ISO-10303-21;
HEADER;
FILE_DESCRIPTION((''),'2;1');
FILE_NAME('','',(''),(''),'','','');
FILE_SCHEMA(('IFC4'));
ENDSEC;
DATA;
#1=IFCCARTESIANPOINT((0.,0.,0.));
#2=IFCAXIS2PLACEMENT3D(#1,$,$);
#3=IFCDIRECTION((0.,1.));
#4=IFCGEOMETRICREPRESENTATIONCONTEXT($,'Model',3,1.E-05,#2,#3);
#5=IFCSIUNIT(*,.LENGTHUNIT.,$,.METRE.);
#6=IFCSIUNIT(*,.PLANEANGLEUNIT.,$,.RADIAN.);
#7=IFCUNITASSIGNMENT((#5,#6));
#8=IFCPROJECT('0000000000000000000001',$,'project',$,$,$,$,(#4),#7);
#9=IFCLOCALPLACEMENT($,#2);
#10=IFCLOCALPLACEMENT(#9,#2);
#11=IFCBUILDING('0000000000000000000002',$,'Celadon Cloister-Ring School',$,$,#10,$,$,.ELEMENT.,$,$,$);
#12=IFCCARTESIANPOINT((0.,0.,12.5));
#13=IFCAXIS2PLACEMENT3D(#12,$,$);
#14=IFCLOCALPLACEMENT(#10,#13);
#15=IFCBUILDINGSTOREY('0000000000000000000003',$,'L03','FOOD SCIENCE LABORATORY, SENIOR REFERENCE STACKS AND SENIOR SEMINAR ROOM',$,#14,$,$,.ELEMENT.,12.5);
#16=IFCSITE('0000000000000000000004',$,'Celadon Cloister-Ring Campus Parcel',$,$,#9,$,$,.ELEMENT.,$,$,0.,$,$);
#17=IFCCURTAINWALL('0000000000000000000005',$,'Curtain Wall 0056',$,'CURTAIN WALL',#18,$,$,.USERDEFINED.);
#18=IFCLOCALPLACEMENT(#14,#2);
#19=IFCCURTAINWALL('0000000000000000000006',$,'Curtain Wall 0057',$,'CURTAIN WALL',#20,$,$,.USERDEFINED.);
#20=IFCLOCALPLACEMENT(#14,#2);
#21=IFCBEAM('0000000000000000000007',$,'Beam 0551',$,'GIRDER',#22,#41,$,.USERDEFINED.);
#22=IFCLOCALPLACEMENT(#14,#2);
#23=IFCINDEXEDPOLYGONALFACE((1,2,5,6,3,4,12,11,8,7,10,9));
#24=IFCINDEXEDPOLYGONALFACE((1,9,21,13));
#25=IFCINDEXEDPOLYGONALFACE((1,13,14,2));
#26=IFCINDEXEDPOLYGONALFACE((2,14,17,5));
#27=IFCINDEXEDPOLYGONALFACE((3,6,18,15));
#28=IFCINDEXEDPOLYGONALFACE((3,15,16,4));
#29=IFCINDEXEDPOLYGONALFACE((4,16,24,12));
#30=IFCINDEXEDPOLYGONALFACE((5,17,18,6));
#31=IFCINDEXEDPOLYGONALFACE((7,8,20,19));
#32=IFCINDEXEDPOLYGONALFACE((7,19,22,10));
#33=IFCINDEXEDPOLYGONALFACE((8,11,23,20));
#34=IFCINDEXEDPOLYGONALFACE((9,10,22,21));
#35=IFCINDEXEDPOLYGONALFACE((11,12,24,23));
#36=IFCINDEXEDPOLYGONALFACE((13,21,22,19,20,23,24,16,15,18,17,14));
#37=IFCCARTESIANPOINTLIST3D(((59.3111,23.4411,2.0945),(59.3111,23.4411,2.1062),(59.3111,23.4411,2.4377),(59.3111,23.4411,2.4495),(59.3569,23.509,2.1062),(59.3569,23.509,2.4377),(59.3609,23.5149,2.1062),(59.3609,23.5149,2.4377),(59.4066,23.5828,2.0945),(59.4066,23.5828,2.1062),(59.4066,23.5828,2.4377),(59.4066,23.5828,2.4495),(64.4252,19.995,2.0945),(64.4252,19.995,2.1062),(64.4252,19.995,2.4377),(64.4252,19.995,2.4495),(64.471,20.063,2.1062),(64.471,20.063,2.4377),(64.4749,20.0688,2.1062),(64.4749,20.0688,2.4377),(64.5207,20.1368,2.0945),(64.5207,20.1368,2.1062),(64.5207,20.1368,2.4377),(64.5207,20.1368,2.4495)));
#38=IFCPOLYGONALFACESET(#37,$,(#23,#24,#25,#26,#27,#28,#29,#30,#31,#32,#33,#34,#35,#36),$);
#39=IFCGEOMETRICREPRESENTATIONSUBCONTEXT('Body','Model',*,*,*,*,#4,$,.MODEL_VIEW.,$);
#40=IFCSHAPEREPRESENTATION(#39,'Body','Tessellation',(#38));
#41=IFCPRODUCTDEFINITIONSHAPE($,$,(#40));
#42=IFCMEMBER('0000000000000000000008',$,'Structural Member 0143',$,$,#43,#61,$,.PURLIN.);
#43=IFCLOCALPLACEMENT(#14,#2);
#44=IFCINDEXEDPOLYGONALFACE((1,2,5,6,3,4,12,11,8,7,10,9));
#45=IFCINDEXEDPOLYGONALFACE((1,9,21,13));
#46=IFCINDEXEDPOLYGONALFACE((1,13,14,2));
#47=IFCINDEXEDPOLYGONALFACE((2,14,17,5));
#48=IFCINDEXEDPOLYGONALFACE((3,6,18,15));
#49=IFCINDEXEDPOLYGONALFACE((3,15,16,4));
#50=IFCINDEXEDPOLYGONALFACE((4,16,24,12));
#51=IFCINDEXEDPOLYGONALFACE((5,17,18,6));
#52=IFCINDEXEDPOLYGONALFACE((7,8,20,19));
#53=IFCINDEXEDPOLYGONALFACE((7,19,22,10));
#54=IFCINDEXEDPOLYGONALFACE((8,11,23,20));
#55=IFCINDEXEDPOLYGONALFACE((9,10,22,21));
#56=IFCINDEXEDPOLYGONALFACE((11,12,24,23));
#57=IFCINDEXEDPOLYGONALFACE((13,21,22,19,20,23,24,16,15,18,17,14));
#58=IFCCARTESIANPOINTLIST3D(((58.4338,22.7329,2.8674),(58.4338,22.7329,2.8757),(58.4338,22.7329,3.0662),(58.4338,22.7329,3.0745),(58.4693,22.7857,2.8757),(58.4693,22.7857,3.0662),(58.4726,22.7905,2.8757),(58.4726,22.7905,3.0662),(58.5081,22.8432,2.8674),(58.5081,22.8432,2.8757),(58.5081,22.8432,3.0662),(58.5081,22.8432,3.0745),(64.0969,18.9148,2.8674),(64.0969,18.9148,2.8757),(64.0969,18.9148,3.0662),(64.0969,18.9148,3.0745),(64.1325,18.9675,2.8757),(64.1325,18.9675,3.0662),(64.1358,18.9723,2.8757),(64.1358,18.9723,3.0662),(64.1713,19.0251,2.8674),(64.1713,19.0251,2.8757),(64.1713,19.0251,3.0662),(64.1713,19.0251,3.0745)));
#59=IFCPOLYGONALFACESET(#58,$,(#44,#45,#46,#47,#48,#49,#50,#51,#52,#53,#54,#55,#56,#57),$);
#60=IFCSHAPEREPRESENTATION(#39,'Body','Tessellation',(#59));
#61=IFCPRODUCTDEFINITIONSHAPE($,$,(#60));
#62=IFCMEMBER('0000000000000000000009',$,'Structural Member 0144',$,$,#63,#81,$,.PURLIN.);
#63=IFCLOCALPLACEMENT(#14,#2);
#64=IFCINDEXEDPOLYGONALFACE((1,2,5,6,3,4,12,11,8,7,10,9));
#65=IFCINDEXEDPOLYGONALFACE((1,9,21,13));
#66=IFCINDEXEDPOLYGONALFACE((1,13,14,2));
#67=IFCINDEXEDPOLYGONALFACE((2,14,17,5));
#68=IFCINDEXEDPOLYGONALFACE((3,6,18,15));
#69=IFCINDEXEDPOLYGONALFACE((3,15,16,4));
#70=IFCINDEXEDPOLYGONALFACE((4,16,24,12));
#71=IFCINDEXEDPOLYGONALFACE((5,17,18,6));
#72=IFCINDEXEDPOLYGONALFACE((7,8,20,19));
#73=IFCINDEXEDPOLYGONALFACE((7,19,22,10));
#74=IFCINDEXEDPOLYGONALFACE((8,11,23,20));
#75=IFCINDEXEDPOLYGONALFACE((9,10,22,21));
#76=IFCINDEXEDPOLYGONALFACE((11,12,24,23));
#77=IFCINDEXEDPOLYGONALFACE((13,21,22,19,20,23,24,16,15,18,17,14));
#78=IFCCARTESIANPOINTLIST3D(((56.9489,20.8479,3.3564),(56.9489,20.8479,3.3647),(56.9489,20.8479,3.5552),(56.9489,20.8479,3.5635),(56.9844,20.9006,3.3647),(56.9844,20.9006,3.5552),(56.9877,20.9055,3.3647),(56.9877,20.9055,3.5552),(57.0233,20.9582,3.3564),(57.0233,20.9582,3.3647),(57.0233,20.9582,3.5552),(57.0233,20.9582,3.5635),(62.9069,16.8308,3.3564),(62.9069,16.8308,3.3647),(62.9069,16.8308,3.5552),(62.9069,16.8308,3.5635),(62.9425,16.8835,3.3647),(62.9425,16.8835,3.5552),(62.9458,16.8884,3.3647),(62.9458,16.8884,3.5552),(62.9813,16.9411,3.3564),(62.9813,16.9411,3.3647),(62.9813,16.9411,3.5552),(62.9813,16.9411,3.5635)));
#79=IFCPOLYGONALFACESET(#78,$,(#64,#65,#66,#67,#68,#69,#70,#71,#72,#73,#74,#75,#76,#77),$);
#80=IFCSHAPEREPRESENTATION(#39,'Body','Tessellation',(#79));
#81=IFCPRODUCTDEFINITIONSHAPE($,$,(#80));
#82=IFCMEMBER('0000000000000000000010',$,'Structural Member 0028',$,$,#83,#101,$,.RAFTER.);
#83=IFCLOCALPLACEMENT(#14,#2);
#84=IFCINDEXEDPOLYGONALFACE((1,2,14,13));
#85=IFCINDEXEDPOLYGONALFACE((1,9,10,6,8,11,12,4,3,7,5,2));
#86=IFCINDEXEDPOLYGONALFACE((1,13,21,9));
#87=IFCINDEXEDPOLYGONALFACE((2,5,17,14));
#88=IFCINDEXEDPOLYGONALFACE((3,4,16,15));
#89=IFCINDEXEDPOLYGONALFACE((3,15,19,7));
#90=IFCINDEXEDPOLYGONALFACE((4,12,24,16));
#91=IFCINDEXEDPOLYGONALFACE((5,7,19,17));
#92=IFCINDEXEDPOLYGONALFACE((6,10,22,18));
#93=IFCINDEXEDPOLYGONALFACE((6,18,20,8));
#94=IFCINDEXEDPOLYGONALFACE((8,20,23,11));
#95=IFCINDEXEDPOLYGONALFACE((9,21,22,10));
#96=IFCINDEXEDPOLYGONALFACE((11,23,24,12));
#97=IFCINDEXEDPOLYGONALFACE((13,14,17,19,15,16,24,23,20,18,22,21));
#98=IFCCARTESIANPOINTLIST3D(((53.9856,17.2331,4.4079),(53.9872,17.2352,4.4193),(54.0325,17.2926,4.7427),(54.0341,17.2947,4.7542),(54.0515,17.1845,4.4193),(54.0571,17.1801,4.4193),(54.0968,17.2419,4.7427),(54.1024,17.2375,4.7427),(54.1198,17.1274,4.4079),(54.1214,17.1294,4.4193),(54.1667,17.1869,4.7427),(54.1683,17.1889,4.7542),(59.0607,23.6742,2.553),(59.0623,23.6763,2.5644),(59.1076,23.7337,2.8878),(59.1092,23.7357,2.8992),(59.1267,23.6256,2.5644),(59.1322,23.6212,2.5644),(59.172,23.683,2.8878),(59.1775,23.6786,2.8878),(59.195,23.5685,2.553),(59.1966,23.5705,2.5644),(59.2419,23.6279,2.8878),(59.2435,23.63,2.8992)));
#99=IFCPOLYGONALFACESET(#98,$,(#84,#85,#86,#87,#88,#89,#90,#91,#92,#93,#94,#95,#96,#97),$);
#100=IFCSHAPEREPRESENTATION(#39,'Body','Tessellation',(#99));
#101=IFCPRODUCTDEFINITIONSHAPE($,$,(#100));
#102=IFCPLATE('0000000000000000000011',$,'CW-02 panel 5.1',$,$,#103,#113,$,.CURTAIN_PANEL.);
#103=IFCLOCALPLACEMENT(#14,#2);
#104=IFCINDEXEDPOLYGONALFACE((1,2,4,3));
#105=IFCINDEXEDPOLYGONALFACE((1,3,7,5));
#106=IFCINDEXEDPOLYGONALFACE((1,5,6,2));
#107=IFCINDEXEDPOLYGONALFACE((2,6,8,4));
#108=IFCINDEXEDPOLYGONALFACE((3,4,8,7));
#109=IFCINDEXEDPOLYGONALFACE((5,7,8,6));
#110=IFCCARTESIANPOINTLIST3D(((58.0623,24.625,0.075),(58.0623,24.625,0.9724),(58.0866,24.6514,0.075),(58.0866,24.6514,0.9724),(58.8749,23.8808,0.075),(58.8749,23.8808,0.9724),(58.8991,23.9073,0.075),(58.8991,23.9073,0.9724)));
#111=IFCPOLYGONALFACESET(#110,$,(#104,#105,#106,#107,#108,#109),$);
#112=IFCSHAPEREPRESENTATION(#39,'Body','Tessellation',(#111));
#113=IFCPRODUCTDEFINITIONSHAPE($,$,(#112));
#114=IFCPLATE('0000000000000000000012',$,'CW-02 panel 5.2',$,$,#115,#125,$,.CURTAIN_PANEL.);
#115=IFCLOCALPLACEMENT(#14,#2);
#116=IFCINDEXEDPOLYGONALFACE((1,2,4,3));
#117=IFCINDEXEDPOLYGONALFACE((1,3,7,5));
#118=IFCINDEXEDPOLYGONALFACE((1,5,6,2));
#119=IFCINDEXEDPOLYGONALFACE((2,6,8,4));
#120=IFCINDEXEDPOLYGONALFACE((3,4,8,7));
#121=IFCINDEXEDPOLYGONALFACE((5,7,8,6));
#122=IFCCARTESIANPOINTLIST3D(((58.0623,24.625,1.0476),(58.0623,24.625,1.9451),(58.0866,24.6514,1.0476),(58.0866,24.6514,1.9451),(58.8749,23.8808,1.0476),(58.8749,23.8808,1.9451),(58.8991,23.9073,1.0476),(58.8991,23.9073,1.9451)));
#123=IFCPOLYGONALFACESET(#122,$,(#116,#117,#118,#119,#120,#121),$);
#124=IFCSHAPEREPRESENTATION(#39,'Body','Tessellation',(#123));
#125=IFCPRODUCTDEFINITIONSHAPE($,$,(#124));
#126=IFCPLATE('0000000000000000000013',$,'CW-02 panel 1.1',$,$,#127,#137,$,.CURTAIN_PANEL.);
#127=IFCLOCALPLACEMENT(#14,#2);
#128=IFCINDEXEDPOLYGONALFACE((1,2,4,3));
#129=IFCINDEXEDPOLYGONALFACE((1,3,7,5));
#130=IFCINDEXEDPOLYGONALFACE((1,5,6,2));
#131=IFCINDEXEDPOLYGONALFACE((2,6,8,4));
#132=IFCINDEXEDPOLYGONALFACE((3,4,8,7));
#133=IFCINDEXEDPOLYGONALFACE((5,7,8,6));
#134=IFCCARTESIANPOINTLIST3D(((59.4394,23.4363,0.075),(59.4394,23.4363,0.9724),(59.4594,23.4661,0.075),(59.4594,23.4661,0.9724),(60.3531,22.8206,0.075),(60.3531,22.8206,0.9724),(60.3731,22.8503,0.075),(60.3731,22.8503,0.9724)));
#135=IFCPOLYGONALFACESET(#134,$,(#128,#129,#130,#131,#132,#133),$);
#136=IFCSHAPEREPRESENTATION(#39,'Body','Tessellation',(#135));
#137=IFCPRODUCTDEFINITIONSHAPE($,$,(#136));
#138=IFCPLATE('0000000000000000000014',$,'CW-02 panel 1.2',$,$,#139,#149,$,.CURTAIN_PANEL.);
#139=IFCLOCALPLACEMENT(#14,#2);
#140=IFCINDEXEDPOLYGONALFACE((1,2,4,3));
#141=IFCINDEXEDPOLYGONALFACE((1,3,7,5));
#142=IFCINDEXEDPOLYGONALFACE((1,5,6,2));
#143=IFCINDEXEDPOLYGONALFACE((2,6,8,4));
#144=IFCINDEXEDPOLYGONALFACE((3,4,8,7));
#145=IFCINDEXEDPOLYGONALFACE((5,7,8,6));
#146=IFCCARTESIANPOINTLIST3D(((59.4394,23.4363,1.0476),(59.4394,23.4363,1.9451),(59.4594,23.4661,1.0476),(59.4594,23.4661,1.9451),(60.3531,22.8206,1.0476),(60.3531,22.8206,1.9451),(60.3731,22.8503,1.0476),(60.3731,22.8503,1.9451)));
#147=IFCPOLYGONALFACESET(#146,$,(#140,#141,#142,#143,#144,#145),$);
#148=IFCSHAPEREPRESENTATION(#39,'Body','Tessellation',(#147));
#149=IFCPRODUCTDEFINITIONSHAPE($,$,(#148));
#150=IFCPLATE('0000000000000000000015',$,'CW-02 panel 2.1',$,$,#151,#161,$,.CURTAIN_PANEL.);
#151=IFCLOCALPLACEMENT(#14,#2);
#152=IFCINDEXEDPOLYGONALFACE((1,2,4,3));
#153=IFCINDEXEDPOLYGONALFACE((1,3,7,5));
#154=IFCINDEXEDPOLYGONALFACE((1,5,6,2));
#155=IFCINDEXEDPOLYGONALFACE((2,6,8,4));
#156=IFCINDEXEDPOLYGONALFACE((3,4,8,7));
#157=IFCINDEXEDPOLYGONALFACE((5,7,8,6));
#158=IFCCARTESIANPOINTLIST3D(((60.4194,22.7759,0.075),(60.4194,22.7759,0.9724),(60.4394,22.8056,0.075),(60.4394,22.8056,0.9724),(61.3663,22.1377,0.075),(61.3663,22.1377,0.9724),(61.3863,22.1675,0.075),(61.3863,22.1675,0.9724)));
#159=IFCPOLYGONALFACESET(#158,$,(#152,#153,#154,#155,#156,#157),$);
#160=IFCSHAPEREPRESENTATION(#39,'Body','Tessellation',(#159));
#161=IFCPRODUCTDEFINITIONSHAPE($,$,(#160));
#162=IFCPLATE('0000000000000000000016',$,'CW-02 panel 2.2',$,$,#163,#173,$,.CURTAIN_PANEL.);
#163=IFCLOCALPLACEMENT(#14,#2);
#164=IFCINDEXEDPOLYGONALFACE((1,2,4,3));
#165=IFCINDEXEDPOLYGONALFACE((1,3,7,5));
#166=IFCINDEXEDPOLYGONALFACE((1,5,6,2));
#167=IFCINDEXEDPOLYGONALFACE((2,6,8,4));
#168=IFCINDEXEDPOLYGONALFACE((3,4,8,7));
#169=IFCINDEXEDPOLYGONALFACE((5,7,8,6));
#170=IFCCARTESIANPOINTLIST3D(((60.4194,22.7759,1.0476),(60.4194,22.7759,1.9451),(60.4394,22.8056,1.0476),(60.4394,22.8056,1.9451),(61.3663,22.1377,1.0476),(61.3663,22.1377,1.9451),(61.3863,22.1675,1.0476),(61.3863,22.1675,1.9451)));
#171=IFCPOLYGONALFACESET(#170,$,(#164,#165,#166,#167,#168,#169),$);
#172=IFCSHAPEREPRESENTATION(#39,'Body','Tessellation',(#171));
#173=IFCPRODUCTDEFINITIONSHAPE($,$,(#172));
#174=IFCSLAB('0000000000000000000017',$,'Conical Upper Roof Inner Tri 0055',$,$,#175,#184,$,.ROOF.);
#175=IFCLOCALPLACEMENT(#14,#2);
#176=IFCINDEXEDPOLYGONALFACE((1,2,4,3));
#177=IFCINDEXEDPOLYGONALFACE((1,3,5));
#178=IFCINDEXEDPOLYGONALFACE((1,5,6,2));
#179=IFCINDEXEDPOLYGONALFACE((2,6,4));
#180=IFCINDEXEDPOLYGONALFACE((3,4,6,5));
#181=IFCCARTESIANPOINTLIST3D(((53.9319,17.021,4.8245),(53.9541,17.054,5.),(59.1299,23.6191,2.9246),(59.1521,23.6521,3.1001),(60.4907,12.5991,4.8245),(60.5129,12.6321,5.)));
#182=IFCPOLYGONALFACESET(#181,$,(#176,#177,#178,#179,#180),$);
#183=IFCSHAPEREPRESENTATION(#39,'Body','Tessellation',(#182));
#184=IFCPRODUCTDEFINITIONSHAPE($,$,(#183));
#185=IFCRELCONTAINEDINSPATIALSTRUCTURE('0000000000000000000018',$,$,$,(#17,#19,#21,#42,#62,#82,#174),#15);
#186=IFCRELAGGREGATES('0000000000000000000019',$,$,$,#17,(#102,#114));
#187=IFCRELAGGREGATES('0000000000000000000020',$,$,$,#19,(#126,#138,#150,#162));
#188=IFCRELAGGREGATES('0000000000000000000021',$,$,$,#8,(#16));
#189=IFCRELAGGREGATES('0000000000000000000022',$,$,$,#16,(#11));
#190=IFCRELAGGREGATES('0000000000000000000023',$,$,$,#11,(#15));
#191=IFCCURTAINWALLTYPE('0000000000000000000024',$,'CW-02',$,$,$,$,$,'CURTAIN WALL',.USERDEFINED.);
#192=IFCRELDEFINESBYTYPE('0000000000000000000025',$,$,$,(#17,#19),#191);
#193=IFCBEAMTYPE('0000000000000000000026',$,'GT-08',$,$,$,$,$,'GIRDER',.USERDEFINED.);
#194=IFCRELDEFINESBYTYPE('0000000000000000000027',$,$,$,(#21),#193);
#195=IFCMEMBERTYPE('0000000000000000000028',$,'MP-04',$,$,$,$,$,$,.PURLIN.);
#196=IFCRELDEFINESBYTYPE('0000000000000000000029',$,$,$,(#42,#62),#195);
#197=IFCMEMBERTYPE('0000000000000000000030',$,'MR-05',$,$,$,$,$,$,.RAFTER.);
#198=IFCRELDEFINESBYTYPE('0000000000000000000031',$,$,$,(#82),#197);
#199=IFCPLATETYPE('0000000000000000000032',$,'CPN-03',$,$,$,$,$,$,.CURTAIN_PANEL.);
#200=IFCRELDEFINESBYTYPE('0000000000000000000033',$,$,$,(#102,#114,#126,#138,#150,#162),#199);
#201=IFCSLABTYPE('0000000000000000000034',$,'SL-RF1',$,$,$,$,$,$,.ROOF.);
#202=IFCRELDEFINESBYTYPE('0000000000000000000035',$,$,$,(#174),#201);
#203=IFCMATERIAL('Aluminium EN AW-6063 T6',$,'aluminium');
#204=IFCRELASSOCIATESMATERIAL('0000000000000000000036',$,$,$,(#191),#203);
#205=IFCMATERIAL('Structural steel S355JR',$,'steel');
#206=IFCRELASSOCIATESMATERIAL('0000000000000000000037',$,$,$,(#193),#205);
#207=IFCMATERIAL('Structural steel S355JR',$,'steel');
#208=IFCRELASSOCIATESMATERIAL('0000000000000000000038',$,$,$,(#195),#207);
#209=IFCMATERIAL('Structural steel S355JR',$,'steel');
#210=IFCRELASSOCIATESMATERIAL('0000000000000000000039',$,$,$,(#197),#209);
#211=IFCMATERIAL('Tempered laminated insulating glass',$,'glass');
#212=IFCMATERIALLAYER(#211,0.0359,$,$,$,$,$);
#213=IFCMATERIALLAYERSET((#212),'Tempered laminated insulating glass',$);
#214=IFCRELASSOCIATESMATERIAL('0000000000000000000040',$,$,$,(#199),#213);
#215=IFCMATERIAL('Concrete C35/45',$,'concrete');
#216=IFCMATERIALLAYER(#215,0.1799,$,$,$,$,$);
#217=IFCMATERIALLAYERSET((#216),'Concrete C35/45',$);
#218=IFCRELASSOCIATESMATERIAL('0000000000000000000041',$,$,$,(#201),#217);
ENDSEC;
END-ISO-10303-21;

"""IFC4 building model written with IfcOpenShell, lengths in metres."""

from ifc_helpers import new_model, si_unit, direction, frame, origin, origin_2d, place, context, subcontext, project, spatial, polyline, rectangle, i_section, outline, extrude, material, layer, layer_set, material_profile, profile_set, type_object, element, aggregate, save


model = new_model("IFC4")

# Units and contexts
model_context = context("Model", 3, precision=1e-05, world=origin(), true_north=direction((0.0, 1.0)))
body_context = subcontext(model_context, "Body", "Model", "MODEL_VIEW")
ifc_project = project(units=[si_unit("LENGTHUNIT", "METRE"), si_unit("PLANEANGLEUNIT", "RADIAN")], contexts=[model_context])

# Site, building, storey
site_placement = place(None, origin())
site = spatial("IfcSite", under=ifc_project, at=site_placement, Name="Celadon Cloister-Ring Campus Parcel", CompositionType="ELEMENT", RefElevation=0.0)
building_placement = place(site_placement, origin())
building = spatial("IfcBuilding", under=site, at=building_placement, Name="Celadon Cloister-Ring School", CompositionType="ELEMENT")
storey_placement = place(building_placement, frame((0.0, 0.0, 12.5)))
storey = spatial("IfcBuildingStorey", under=building, at=storey_placement, Name="L03", Description="FOOD SCIENCE LABORATORY, SENIOR REFERENCE STACKS AND SENIOR SEMINAR ROOM", CompositionType="ELEMENT", Elevation=12.5)

# Curtain wall
ifc_material_1 = material(Name="Aluminium EN AW-6063 T6", Category="aluminium")
curtain_wall_type = type_object("IfcCurtainWallType", Name="CW-02", ElementType="CURTAIN WALL", PredefinedType="USERDEFINED", material=ifc_material_1)
curtain_wall_1_placement = place(storey_placement, origin())
curtain_wall_1 = element("IfcCurtainWall", 1, at=curtain_wall_1_placement, inside=storey, type_object=curtain_wall_type, Name="Curtain Wall 0056", ObjectType="CURTAIN WALL", PredefinedType="USERDEFINED")

# Curtain wall
curtain_wall_2_placement = place(storey_placement, origin())
curtain_wall_2 = element("IfcCurtainWall", 2, at=curtain_wall_2_placement, inside=storey, type_object=curtain_wall_type, Name="Curtain Wall 0057", ObjectType="CURTAIN WALL", PredefinedType="USERDEFINED")

# Beam
ifc_material_2 = material(Name="Structural steel S355JR", Category="steel")
ifc_material_profile_1 = material_profile(ifc_material_2, i_section(OverallWidth=0.1709, OverallDepth=0.355, WebThickness=0.0071, FlangeThickness=0.0117, at=origin_2d()), Name="W360X51")
ifc_profile_set_1 = profile_set([ifc_material_profile_1], Name="Structural steel S355JR")
beam_type = type_object("IfcBeamType", Name="GT-08", ElementType="GIRDER", PredefinedType="USERDEFINED", material=ifc_profile_set_1)
beam_placement = place(storey_placement, frame((59.3589, 23.512, 2.272), z_axis=(0.829293, -0.558814, 0.0), x_axis=(0.558814, 0.829293, 0.0)))
element("IfcBeam", 3, at=beam_placement, inside=storey, type_object=beam_type, Name="Beam 0551", ObjectType="GIRDER", PredefinedType="USERDEFINED", context=body_context, shape_type="SweptSolid", body=[
    extrude(i_section(OverallWidth=0.1709, OverallDepth=0.355, WebThickness=0.0071, FlangeThickness=0.0117, at=origin_2d()), origin(), (0.0, 0.0, 1.0), 6.1667),
])

# Members
ifc_material_3 = material(Name="Structural steel S355JR", Category="steel")
ifc_material_profile_2 = material_profile(ifc_material_3, i_section(OverallWidth=0.1331, OverallDepth=0.207, WebThickness=0.0059, FlangeThickness=0.0083, at=origin_2d()), Name="W200X27")
ifc_profile_set_2 = profile_set([ifc_material_profile_2], Name="Structural steel S355JR")
member_type_1 = type_object("IfcMemberType", Name="MP-04", PredefinedType="PURLIN", material=ifc_profile_set_2)
member_1_placement = place(storey_placement, frame((58.4709, 22.7881, 2.9709), z_axis=(0.829152, -0.559023, 0.0), x_axis=(0.559023, 0.829152, 0.0)))
element("IfcMember", 4, at=member_1_placement, inside=storey, type_object=member_type_1, Name="Structural Member 0143", PredefinedType="PURLIN", context=body_context, shape_type="SweptSolid", body=[
    extrude(i_section(OverallWidth=0.1331, OverallDepth=0.207, WebThickness=0.0059, FlangeThickness=0.0083, at=origin_2d()), origin(), (0.0, 0.0, 1.0), 6.8301),
])
member_2_placement = place(storey_placement, frame((56.9861, 20.9031, 3.46), z_axis=(0.829143, -0.559036, 0.0), x_axis=(0.559036, 0.829143, 0.0)))
element("IfcMember", 5, at=member_2_placement, inside=storey, type_object=member_type_1, Name="Structural Member 0144", PredefinedType="PURLIN", context=body_context, shape_type="SweptSolid", body=[
    extrude(i_section(OverallWidth=0.1331, OverallDepth=0.207, WebThickness=0.0059, FlangeThickness=0.0083, at=origin_2d()), origin(), (0.0, 0.0, 1.0), 7.1858),
])
ifc_material_4 = material(Name="Structural steel S355JR", Category="steel")
ifc_material_profile_3 = material_profile(ifc_material_4, i_section(OverallWidth=0.1709, OverallDepth=0.355, WebThickness=0.0071, FlangeThickness=0.0117, at=origin_2d()), Name="W360X51")
ifc_profile_set_3 = profile_set([ifc_material_profile_3], Name="Structural steel S355JR")
member_type_2 = type_object("IfcMemberType", Name="MR-05", PredefinedType="RAFTER", material=ifc_profile_set_3)
member_3_placement = place(storey_placement, frame((59.1521, 23.6521, 2.7261), z_axis=(-0.603646, -0.766115, 0.220632), x_axis=(0.785471, -0.618898, 0.0)))
element("IfcMember", 6, at=member_3_placement, inside=storey, type_object=member_type_2, Name="Structural Member 0028", PredefinedType="RAFTER", context=body_context, shape_type="SweptSolid", body=[
    extrude(i_section(OverallWidth=0.1709, OverallDepth=0.355, WebThickness=0.0071, FlangeThickness=0.0117, at=origin_2d()), origin(), (0.0, 0.0, 1.0), 8.4075),
])

# Plates
ifc_material_5 = material(Name="Tempered laminated insulating glass", Category="glass")
ifc_layer_1 = layer(ifc_material_5, 0.0359)
ifc_layer_set_1 = layer_set([ifc_layer_1], Name="Tempered laminated insulating glass")
plate_type = type_object("IfcPlateType", Name="CPN-03", PredefinedType="CURTAIN_PANEL", material=ifc_layer_set_1)
plate_1_placement = place(storey_placement, frame((58.4807, 24.2661, 0.075), z_axis=(0.0, 0.0, 1.0), x_axis=(0.737446, -0.675406, 0.0)))
plate_1 = element("IfcPlate", 7, at=plate_1_placement, type_object=plate_type, Name="CW-02 panel 5.1", PredefinedType="CURTAIN_PANEL", context=body_context, shape_type="SweptSolid", body=[
    extrude(rectangle(XDim=1.1018, YDim=0.0359, at=origin_2d()), origin(), (0.0, 0.0, 1.0), 0.8975),
])
plate_2_placement = place(storey_placement, frame((58.4807, 24.2661, 1.0476), z_axis=(0.0, 0.0, 1.0), x_axis=(0.737446, -0.675406, 0.0)))
plate_2 = element("IfcPlate", 8, at=plate_2_placement, type_object=plate_type, Name="CW-02 panel 5.2", PredefinedType="CURTAIN_PANEL", context=body_context, shape_type="SweptSolid", body=[
    extrude(rectangle(XDim=1.1018, YDim=0.0359, at=origin_2d()), origin(), (0.0, 0.0, 1.0), 0.8975),
])
aggregate(curtain_wall_1, [plate_1, plate_2])
plate_3_placement = place(storey_placement, frame((59.9062, 23.1433, 0.075), z_axis=(0.0, 0.0, 1.0), x_axis=(0.82927, -0.558849, 0.0)))
plate_3 = element("IfcPlate", 9, at=plate_3_placement, type_object=plate_type, Name="CW-02 panel 1.1", PredefinedType="CURTAIN_PANEL", context=body_context, shape_type="SweptSolid", body=[
    extrude(rectangle(XDim=1.1018, YDim=0.0359, at=origin_2d()), origin(), (0.0, 0.0, 1.0), 0.8975),
])
plate_4_placement = place(storey_placement, frame((59.9062, 23.1433, 1.0476), z_axis=(0.0, 0.0, 1.0), x_axis=(0.82927, -0.558849, 0.0)))
plate_4 = element("IfcPlate", 10, at=plate_4_placement, type_object=plate_type, Name="CW-02 panel 1.2", PredefinedType="CURTAIN_PANEL", context=body_context, shape_type="SweptSolid", body=[
    extrude(rectangle(XDim=1.1018, YDim=0.0359, at=origin_2d()), origin(), (0.0, 0.0, 1.0), 0.8975),
])
plate_5_placement = place(storey_placement, frame((60.9028, 22.4717, 0.075), z_axis=(0.0, 0.0, 1.0), x_axis=(0.82927, -0.558849, 0.0)))
plate_5 = element("IfcPlate", 11, at=plate_5_placement, type_object=plate_type, Name="CW-02 panel 2.1", PredefinedType="CURTAIN_PANEL", context=body_context, shape_type="SweptSolid", body=[
    extrude(rectangle(XDim=1.1418, YDim=0.0359, at=origin_2d()), origin(), (0.0, 0.0, 1.0), 0.8975),
])
plate_6_placement = place(storey_placement, frame((60.9028, 22.4717, 1.0476), z_axis=(0.0, 0.0, 1.0), x_axis=(0.82927, -0.558849, 0.0)))
plate_6 = element("IfcPlate", 12, at=plate_6_placement, type_object=plate_type, Name="CW-02 panel 2.2", PredefinedType="CURTAIN_PANEL", context=body_context, shape_type="SweptSolid", body=[
    extrude(rectangle(XDim=1.1418, YDim=0.0359, at=origin_2d()), origin(), (0.0, 0.0, 1.0), 0.8975),
])
aggregate(curtain_wall_2, [plate_3, plate_4, plate_5, plate_6])

# Slab
ifc_material_6 = material(Name="Concrete C35/45", Category="concrete")
ifc_layer_2 = layer(ifc_material_6, 0.1799)
ifc_layer_set_2 = layer_set([ifc_layer_2], Name="Concrete C35/45")
slab_type = type_object("IfcSlabType", Name="SL-RF1", PredefinedType="ROOF", material=ifc_layer_set_2)
slab_1_placement = place(storey_placement, frame((59.1521, 23.6521, 3.1001), z_axis=(0.123648, 0.183403, 0.97523), x_axis=(-0.603585, -0.766169, 0.220614)))
element("IfcSlab", 13, at=slab_1_placement, inside=storey, type_object=slab_type, Name="Conical Upper Roof Inner Tri 0055", PredefinedType="ROOF", context=body_context, shape_type="SweptSolid", body=[
    extrude(outline(polyline([(0.0, 0.0), (8.6119, 0.0), (8.041, 7.8896), (0.0, 0.0)])), origin(), (0.0, 0.0, -1.0), 0.1799),
])

save(model, "model.ifc")
